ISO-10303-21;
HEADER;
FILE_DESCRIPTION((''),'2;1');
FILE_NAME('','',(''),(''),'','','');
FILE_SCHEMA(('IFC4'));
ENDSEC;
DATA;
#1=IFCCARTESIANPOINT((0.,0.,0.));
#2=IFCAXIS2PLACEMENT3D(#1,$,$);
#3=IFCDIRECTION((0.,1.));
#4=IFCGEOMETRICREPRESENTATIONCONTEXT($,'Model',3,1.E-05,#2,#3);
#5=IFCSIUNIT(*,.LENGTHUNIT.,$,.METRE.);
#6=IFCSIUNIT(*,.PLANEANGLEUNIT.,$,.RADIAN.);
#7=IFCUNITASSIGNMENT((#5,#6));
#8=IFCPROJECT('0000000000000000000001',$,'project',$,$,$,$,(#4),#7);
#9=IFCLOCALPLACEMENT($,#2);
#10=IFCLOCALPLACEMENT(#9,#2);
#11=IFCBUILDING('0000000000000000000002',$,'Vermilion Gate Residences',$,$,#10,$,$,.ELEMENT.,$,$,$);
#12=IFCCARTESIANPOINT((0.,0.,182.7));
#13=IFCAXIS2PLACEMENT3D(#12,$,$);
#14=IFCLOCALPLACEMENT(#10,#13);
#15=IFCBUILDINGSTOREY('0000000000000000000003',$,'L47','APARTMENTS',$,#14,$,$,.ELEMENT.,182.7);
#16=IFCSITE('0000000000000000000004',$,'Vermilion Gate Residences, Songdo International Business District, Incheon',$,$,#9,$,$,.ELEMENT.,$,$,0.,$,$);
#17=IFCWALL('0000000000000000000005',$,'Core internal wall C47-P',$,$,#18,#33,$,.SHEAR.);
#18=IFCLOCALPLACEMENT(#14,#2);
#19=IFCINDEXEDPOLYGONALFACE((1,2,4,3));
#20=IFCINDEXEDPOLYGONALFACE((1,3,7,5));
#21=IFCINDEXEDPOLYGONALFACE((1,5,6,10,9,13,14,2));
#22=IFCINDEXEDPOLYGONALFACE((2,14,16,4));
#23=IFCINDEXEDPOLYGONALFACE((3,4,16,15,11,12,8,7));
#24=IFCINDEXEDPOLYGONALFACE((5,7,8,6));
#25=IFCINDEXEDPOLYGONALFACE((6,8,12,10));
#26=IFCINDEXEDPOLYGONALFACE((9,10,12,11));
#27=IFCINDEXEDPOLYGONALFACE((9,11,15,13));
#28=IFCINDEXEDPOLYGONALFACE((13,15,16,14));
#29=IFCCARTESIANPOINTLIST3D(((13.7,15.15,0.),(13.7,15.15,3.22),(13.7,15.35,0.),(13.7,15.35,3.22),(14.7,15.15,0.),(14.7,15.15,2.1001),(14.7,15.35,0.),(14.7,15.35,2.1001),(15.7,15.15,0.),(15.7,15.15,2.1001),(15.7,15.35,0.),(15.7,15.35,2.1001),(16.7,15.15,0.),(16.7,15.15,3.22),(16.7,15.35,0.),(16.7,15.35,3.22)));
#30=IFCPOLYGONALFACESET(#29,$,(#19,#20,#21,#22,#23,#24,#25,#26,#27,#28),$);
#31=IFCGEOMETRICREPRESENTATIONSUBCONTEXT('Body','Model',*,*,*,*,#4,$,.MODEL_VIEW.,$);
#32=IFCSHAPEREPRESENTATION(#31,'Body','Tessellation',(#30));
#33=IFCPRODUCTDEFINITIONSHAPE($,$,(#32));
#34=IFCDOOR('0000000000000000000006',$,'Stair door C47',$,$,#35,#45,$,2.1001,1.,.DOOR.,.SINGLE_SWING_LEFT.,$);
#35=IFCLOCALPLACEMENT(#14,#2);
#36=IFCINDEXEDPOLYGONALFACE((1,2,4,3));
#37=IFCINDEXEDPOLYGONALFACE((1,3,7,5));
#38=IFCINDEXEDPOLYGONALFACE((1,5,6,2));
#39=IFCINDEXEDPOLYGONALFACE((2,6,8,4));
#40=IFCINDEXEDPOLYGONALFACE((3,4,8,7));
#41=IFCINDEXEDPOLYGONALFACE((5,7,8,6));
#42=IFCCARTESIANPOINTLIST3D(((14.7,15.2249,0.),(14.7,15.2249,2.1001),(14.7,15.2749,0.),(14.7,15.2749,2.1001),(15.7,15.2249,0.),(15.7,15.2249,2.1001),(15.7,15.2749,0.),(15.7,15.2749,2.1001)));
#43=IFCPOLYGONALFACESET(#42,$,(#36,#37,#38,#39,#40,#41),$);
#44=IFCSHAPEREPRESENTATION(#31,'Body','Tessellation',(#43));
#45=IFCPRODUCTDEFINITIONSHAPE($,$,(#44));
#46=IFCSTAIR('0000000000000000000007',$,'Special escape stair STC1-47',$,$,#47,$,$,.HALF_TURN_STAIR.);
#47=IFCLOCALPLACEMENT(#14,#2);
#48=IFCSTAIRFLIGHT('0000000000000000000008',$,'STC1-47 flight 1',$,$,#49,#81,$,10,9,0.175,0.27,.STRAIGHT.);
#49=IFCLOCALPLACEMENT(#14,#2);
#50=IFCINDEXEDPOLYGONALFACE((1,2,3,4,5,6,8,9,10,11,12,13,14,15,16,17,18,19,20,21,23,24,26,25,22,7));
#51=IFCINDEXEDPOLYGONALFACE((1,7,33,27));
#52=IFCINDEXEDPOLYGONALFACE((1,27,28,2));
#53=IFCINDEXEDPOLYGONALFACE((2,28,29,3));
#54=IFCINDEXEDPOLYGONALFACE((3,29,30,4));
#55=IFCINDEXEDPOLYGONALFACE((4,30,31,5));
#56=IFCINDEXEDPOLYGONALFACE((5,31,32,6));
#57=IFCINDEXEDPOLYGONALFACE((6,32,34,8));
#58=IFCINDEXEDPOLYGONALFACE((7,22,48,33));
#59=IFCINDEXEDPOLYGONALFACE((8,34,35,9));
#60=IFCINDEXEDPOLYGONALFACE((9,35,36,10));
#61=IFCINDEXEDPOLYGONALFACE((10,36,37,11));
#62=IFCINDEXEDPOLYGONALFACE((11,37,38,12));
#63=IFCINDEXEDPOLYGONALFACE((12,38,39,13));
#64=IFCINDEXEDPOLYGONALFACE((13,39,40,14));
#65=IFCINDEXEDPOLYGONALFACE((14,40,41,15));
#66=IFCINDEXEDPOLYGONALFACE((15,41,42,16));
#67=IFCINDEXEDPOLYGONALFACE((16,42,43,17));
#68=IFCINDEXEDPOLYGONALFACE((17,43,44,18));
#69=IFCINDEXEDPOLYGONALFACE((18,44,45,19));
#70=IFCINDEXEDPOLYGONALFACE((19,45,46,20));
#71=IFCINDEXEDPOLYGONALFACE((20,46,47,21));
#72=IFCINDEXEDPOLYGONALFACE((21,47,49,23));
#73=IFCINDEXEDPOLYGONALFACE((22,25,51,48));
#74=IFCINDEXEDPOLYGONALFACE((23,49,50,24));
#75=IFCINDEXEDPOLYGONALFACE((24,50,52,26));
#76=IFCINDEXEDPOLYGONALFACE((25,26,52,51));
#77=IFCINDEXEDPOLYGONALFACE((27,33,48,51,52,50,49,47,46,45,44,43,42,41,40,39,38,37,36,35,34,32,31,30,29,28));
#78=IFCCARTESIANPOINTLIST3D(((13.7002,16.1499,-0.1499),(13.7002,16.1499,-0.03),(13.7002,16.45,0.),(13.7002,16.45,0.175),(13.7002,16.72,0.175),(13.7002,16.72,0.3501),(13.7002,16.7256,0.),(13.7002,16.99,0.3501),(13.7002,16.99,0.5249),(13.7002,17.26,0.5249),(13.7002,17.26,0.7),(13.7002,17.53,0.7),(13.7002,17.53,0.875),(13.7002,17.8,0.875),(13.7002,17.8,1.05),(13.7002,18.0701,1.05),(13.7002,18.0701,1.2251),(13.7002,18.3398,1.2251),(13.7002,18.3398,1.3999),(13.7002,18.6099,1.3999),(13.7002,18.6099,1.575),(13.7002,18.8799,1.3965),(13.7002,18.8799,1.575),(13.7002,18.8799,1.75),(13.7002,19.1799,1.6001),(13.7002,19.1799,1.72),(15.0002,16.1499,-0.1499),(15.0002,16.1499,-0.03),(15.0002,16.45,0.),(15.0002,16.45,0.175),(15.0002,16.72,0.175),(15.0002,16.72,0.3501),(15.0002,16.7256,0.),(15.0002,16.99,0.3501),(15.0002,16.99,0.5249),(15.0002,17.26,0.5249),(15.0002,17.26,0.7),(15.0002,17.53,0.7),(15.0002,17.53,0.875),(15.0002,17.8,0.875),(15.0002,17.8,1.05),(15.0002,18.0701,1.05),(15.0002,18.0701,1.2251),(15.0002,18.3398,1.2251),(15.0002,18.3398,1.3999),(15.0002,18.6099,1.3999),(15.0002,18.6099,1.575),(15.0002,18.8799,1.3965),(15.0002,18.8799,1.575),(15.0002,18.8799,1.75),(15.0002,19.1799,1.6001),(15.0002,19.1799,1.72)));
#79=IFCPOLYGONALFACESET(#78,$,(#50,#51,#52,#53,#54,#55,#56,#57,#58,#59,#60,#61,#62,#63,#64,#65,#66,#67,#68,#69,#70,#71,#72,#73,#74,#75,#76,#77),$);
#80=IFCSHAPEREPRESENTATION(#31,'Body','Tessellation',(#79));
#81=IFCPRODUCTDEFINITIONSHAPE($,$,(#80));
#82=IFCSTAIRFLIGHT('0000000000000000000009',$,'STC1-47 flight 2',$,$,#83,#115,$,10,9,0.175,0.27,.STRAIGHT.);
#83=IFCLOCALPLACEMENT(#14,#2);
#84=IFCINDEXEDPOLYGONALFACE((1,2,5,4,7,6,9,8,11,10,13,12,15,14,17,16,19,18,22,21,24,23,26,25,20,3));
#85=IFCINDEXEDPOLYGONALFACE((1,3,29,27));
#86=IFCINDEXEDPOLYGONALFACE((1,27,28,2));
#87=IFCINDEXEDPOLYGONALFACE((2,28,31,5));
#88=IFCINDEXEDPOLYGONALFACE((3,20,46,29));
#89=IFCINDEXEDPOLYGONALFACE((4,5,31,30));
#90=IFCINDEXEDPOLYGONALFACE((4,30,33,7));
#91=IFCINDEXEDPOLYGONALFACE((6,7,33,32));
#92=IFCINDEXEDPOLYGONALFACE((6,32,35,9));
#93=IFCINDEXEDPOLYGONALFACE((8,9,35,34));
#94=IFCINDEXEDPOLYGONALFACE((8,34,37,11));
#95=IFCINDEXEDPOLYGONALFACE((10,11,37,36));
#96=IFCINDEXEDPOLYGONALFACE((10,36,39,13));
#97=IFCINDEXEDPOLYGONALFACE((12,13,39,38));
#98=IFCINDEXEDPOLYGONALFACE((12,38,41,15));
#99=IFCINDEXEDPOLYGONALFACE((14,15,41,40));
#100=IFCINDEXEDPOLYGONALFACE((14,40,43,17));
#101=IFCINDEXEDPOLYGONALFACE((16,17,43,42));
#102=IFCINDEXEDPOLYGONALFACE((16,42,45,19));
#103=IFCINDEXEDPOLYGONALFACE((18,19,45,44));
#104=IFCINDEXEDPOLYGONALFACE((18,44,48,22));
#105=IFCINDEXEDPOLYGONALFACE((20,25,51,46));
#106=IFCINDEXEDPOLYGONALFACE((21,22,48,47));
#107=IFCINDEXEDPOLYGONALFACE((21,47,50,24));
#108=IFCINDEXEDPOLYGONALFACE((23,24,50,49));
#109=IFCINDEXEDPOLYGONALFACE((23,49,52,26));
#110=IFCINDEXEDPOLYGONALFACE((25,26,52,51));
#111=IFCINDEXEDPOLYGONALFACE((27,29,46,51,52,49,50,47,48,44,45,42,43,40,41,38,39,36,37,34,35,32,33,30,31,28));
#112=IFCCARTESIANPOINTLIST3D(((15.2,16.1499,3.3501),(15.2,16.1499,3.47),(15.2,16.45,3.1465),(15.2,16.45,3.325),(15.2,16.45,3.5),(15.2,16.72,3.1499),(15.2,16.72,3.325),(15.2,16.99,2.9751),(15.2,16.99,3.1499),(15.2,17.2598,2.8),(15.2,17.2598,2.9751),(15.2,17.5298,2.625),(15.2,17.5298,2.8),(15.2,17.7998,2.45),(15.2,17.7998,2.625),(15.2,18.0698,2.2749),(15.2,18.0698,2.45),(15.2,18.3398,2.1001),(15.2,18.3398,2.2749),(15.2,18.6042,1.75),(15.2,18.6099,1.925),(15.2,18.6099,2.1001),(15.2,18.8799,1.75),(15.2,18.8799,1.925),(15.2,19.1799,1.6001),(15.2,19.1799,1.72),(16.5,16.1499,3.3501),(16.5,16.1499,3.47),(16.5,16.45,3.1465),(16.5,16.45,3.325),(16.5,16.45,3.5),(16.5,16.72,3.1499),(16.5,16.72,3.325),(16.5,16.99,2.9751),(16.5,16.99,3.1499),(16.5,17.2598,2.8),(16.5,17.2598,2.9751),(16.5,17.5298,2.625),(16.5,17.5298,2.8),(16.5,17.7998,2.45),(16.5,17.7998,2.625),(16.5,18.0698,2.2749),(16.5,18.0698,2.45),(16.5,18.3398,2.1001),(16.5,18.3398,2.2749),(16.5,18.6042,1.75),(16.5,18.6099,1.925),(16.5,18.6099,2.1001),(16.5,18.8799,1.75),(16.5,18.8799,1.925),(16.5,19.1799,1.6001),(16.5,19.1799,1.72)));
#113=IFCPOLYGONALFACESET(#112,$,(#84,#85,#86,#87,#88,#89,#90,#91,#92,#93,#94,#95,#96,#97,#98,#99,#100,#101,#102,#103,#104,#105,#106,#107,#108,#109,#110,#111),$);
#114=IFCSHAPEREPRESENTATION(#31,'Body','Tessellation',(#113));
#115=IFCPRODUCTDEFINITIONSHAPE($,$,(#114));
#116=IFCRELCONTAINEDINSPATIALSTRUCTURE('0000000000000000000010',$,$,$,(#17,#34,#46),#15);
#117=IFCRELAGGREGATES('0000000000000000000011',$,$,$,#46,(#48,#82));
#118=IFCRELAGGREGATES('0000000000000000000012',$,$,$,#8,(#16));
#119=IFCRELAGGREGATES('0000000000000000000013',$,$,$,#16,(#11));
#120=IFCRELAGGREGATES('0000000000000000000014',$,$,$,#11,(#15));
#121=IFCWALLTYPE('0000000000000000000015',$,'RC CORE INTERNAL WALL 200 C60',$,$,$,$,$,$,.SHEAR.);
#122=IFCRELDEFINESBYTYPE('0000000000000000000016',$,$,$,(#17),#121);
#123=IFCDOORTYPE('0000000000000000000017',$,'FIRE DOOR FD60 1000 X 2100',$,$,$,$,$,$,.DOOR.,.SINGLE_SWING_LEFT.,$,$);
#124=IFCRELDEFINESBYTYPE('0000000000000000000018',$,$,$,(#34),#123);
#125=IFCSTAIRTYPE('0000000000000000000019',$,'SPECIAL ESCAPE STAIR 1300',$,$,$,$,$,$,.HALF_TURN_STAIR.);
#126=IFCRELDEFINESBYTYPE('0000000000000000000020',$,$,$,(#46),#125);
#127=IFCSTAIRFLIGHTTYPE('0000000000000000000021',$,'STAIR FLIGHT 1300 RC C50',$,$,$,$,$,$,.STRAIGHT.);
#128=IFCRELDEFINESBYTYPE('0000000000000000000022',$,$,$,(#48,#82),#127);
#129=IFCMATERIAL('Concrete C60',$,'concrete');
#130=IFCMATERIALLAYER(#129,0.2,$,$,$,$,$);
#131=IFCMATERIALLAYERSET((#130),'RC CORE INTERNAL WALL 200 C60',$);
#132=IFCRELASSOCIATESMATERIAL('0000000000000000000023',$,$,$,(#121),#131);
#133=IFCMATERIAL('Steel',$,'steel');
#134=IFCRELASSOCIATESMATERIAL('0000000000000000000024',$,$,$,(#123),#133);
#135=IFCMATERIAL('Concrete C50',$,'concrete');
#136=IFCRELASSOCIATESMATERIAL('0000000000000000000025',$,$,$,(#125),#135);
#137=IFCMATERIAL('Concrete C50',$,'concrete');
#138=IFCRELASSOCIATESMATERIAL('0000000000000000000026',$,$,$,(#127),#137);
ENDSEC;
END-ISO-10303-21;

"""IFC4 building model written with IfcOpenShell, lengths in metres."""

from ifc_helpers import new_model, si_unit, direction, frame, frame_2d, origin, place, context, subcontext, project, spatial, polyline, rectangle, outline, extrude, material, layer, layer_set, type_object, element, fill, aggregate, save


model = new_model("IFC4")

# Units and contexts
model_context = context("Model", 3, precision=1e-05, world=origin(), true_north=direction((0.0, 1.0)))
body_context = subcontext(model_context, "Body", "Model", "MODEL_VIEW")
ifc_project = project(units=[si_unit("LENGTHUNIT", "METRE"), si_unit("PLANEANGLEUNIT", "RADIAN")], contexts=[model_context])

# Site, building, storey
site_placement = place(None, origin())
site = spatial("IfcSite", under=ifc_project, at=site_placement, Name="Vermilion Gate Residences, Songdo International Business District, Incheon", CompositionType="ELEMENT", RefElevation=0.0)
building_placement = place(site_placement, origin())
building = spatial("IfcBuilding", under=site, at=building_placement, Name="Vermilion Gate Residences", CompositionType="ELEMENT")
storey_placement = place(building_placement, frame((0.0, 0.0, 182.7)))
storey = spatial("IfcBuildingStorey", under=building, at=storey_placement, Name="L47", Description="APARTMENTS", CompositionType="ELEMENT", Elevation=182.7)

# Wall, opening, door
ifc_material_1 = material(Name="Concrete C60", Category="concrete")
ifc_layer_1 = layer(ifc_material_1, 0.2)
ifc_layer_set_1 = layer_set([ifc_layer_1], Name="RC CORE INTERNAL WALL 200 C60")
wall_type_1 = type_object("IfcWallType", Name="RC CORE INTERNAL WALL 200 C60", PredefinedType="SHEAR", material=ifc_layer_set_1)
ifc_material_2 = material(Name="Steel", Category="steel")
door_type_1 = type_object("IfcDoorType", Name="FIRE DOOR FD60 1000 X 2100", OperationType="SINGLE_SWING_LEFT", PredefinedType="DOOR", material=ifc_material_2)
wall_1_placement = place(storey_placement, frame((13.7, 15.25, 0.0), z_axis=(0.0, 0.0, 1.0), x_axis=(1.0, 0.0, 0.0)))
wall_1 = element("IfcWall", 1, at=wall_1_placement, inside=storey, type_object=wall_type_1, Name="Core internal wall C47-P", PredefinedType="SHEAR", context=body_context, shape_type="SweptSolid", body=[
    extrude(rectangle(XDim=3.0, YDim=0.2, at=frame_2d((1.5, 0.0))), origin(), (0.0, 0.0, 1.0), 3.22),
])
opening_1_placement = place(wall_1_placement, frame((1.0, 0.0, 0.0)))
opening_1 = element("IfcOpeningElement", 2, at=opening_1_placement, cuts=wall_1, PredefinedType="OPENING", context=body_context, shape_type="SweptSolid", body=[
    extrude(rectangle(XDim=1.0, YDim=2.1001, at=frame_2d((0.5, 1.05))), frame((0.0, 0.1099, 0.0), z_axis=(0.0, -1.0, 0.0), x_axis=(1.0, 0.0, 0.0)), (0.0, 0.0, 1.0), 0.22),
])
door_1_placement = place(opening_1_placement, origin())
door_1 = element("IfcDoor", 3, at=door_1_placement, inside=storey, type_object=door_type_1, Name="Stair door C47", OperationType="SINGLE_SWING_LEFT", OverallHeight=2.1001, OverallWidth=1.0, PredefinedType="DOOR", context=body_context, shape_type="SweptSolid", body=[
    extrude(rectangle(XDim=1.0, YDim=2.1001, at=frame_2d((0.5, 1.05))), frame((0.0, 0.0249, 0.0), z_axis=(0.0, -1.0, 0.0), x_axis=(1.0, 0.0, 0.0)), (0.0, 0.0, 1.0), 0.05),
])
fill(opening_1, door_1)

# Stair, stair flights
ifc_material_3 = material(Name="Concrete C50", Category="concrete")
stair_type = type_object("IfcStairType", Name="SPECIAL ESCAPE STAIR 1300", PredefinedType="HALF_TURN_STAIR", material=ifc_material_3)
stair_placement = place(storey_placement, origin())
stair = element("IfcStair", 4, at=stair_placement, inside=storey, type_object=stair_type, Name="Special escape stair STC1-47", PredefinedType="HALF_TURN_STAIR")
ifc_material_4 = material(Name="Concrete C50", Category="concrete")
stair_flight_type = type_object("IfcStairFlightType", Name="STAIR FLIGHT 1300 RC C50", PredefinedType="STRAIGHT", material=ifc_material_4)
stair_flight_1_placement = place(storey_placement, frame((14.3501, 16.45, 0.0), z_axis=(0.0, 0.0, 1.0), x_axis=(0.0, 1.0, 0.0)))
stair_flight_1 = element("IfcStairFlight", 5, at=stair_flight_1_placement, type_object=stair_flight_type, Name="STC1-47 flight 1", NumberOfRisers=10, NumberOfTreads=9, PredefinedType="STRAIGHT", RiserHeight=0.175, TreadLength=0.27, context=body_context, shape_type="SweptSolid", body=[
    extrude(outline(polyline([(-0.3, -0.1499), (-0.3, -0.03), (0.0, 0.0), (0.0, 0.175), (0.27, 0.175), (0.27, 0.3501), (0.54, 0.3501), (0.54, 0.5249), (0.8101, 0.5249), (0.8101, 0.7), (1.0801, 0.7), (1.0801, 0.875), (1.3501, 0.875), (1.3501, 1.05), (1.6201, 1.05), (1.6201, 1.2251), (1.8899, 1.2251), (1.8899, 1.3999), (2.1599, 1.3999), (2.1599, 1.575), (2.4299, 1.575), (2.4299, 1.75), (2.73, 1.72), (2.73, 1.6001), (2.4299, 1.3965), (0.2756, 0.0), (-0.3, -0.1499)])), frame((0.0, 0.6499, 0.0), z_axis=(0.0, -1.0, 0.0), x_axis=(1.0, 0.0, 0.0)), (0.0, 0.0, 1.0), 1.3),
])
stair_flight_2_placement = place(storey_placement, frame((15.8501, 18.8799, 1.75), z_axis=(0.0, 0.0, 1.0), x_axis=(0.0, -1.0, 0.0)))
stair_flight_2 = element("IfcStairFlight", 6, at=stair_flight_2_placement, type_object=stair_flight_type, Name="STC1-47 flight 2", NumberOfRisers=10, NumberOfTreads=9, PredefinedType="STRAIGHT", RiserHeight=0.175, TreadLength=0.27, context=body_context, shape_type="SweptSolid", body=[
    extrude(outline(polyline([(-0.3, -0.1499), (-0.3, -0.03), (0.0, 0.0), (0.0, 0.175), (0.27, 0.175), (0.27, 0.3501), (0.54, 0.3501), (0.54, 0.5249), (0.8101, 0.5249), (0.8101, 0.7), (1.0801, 0.7), (1.0801, 0.875), (1.3501, 0.875), (1.3501, 1.05), (1.6201, 1.05), (1.6201, 1.2251), (1.8899, 1.2251), (1.8899, 1.3999), (2.1599, 1.3999), (2.1599, 1.575), (2.4299, 1.575), (2.4299, 1.75), (2.73, 1.72), (2.73, 1.6001), (2.4299, 1.3965), (0.2756, 0.0), (-0.3, -0.1499)])), frame((0.0, 0.6499, 0.0), z_axis=(0.0, -1.0, 0.0), x_axis=(1.0, 0.0, 0.0)), (0.0, 0.0, 1.0), 1.3),
])
aggregate(stair, [stair_flight_1, stair_flight_2])

save(model, "model.ifc")
